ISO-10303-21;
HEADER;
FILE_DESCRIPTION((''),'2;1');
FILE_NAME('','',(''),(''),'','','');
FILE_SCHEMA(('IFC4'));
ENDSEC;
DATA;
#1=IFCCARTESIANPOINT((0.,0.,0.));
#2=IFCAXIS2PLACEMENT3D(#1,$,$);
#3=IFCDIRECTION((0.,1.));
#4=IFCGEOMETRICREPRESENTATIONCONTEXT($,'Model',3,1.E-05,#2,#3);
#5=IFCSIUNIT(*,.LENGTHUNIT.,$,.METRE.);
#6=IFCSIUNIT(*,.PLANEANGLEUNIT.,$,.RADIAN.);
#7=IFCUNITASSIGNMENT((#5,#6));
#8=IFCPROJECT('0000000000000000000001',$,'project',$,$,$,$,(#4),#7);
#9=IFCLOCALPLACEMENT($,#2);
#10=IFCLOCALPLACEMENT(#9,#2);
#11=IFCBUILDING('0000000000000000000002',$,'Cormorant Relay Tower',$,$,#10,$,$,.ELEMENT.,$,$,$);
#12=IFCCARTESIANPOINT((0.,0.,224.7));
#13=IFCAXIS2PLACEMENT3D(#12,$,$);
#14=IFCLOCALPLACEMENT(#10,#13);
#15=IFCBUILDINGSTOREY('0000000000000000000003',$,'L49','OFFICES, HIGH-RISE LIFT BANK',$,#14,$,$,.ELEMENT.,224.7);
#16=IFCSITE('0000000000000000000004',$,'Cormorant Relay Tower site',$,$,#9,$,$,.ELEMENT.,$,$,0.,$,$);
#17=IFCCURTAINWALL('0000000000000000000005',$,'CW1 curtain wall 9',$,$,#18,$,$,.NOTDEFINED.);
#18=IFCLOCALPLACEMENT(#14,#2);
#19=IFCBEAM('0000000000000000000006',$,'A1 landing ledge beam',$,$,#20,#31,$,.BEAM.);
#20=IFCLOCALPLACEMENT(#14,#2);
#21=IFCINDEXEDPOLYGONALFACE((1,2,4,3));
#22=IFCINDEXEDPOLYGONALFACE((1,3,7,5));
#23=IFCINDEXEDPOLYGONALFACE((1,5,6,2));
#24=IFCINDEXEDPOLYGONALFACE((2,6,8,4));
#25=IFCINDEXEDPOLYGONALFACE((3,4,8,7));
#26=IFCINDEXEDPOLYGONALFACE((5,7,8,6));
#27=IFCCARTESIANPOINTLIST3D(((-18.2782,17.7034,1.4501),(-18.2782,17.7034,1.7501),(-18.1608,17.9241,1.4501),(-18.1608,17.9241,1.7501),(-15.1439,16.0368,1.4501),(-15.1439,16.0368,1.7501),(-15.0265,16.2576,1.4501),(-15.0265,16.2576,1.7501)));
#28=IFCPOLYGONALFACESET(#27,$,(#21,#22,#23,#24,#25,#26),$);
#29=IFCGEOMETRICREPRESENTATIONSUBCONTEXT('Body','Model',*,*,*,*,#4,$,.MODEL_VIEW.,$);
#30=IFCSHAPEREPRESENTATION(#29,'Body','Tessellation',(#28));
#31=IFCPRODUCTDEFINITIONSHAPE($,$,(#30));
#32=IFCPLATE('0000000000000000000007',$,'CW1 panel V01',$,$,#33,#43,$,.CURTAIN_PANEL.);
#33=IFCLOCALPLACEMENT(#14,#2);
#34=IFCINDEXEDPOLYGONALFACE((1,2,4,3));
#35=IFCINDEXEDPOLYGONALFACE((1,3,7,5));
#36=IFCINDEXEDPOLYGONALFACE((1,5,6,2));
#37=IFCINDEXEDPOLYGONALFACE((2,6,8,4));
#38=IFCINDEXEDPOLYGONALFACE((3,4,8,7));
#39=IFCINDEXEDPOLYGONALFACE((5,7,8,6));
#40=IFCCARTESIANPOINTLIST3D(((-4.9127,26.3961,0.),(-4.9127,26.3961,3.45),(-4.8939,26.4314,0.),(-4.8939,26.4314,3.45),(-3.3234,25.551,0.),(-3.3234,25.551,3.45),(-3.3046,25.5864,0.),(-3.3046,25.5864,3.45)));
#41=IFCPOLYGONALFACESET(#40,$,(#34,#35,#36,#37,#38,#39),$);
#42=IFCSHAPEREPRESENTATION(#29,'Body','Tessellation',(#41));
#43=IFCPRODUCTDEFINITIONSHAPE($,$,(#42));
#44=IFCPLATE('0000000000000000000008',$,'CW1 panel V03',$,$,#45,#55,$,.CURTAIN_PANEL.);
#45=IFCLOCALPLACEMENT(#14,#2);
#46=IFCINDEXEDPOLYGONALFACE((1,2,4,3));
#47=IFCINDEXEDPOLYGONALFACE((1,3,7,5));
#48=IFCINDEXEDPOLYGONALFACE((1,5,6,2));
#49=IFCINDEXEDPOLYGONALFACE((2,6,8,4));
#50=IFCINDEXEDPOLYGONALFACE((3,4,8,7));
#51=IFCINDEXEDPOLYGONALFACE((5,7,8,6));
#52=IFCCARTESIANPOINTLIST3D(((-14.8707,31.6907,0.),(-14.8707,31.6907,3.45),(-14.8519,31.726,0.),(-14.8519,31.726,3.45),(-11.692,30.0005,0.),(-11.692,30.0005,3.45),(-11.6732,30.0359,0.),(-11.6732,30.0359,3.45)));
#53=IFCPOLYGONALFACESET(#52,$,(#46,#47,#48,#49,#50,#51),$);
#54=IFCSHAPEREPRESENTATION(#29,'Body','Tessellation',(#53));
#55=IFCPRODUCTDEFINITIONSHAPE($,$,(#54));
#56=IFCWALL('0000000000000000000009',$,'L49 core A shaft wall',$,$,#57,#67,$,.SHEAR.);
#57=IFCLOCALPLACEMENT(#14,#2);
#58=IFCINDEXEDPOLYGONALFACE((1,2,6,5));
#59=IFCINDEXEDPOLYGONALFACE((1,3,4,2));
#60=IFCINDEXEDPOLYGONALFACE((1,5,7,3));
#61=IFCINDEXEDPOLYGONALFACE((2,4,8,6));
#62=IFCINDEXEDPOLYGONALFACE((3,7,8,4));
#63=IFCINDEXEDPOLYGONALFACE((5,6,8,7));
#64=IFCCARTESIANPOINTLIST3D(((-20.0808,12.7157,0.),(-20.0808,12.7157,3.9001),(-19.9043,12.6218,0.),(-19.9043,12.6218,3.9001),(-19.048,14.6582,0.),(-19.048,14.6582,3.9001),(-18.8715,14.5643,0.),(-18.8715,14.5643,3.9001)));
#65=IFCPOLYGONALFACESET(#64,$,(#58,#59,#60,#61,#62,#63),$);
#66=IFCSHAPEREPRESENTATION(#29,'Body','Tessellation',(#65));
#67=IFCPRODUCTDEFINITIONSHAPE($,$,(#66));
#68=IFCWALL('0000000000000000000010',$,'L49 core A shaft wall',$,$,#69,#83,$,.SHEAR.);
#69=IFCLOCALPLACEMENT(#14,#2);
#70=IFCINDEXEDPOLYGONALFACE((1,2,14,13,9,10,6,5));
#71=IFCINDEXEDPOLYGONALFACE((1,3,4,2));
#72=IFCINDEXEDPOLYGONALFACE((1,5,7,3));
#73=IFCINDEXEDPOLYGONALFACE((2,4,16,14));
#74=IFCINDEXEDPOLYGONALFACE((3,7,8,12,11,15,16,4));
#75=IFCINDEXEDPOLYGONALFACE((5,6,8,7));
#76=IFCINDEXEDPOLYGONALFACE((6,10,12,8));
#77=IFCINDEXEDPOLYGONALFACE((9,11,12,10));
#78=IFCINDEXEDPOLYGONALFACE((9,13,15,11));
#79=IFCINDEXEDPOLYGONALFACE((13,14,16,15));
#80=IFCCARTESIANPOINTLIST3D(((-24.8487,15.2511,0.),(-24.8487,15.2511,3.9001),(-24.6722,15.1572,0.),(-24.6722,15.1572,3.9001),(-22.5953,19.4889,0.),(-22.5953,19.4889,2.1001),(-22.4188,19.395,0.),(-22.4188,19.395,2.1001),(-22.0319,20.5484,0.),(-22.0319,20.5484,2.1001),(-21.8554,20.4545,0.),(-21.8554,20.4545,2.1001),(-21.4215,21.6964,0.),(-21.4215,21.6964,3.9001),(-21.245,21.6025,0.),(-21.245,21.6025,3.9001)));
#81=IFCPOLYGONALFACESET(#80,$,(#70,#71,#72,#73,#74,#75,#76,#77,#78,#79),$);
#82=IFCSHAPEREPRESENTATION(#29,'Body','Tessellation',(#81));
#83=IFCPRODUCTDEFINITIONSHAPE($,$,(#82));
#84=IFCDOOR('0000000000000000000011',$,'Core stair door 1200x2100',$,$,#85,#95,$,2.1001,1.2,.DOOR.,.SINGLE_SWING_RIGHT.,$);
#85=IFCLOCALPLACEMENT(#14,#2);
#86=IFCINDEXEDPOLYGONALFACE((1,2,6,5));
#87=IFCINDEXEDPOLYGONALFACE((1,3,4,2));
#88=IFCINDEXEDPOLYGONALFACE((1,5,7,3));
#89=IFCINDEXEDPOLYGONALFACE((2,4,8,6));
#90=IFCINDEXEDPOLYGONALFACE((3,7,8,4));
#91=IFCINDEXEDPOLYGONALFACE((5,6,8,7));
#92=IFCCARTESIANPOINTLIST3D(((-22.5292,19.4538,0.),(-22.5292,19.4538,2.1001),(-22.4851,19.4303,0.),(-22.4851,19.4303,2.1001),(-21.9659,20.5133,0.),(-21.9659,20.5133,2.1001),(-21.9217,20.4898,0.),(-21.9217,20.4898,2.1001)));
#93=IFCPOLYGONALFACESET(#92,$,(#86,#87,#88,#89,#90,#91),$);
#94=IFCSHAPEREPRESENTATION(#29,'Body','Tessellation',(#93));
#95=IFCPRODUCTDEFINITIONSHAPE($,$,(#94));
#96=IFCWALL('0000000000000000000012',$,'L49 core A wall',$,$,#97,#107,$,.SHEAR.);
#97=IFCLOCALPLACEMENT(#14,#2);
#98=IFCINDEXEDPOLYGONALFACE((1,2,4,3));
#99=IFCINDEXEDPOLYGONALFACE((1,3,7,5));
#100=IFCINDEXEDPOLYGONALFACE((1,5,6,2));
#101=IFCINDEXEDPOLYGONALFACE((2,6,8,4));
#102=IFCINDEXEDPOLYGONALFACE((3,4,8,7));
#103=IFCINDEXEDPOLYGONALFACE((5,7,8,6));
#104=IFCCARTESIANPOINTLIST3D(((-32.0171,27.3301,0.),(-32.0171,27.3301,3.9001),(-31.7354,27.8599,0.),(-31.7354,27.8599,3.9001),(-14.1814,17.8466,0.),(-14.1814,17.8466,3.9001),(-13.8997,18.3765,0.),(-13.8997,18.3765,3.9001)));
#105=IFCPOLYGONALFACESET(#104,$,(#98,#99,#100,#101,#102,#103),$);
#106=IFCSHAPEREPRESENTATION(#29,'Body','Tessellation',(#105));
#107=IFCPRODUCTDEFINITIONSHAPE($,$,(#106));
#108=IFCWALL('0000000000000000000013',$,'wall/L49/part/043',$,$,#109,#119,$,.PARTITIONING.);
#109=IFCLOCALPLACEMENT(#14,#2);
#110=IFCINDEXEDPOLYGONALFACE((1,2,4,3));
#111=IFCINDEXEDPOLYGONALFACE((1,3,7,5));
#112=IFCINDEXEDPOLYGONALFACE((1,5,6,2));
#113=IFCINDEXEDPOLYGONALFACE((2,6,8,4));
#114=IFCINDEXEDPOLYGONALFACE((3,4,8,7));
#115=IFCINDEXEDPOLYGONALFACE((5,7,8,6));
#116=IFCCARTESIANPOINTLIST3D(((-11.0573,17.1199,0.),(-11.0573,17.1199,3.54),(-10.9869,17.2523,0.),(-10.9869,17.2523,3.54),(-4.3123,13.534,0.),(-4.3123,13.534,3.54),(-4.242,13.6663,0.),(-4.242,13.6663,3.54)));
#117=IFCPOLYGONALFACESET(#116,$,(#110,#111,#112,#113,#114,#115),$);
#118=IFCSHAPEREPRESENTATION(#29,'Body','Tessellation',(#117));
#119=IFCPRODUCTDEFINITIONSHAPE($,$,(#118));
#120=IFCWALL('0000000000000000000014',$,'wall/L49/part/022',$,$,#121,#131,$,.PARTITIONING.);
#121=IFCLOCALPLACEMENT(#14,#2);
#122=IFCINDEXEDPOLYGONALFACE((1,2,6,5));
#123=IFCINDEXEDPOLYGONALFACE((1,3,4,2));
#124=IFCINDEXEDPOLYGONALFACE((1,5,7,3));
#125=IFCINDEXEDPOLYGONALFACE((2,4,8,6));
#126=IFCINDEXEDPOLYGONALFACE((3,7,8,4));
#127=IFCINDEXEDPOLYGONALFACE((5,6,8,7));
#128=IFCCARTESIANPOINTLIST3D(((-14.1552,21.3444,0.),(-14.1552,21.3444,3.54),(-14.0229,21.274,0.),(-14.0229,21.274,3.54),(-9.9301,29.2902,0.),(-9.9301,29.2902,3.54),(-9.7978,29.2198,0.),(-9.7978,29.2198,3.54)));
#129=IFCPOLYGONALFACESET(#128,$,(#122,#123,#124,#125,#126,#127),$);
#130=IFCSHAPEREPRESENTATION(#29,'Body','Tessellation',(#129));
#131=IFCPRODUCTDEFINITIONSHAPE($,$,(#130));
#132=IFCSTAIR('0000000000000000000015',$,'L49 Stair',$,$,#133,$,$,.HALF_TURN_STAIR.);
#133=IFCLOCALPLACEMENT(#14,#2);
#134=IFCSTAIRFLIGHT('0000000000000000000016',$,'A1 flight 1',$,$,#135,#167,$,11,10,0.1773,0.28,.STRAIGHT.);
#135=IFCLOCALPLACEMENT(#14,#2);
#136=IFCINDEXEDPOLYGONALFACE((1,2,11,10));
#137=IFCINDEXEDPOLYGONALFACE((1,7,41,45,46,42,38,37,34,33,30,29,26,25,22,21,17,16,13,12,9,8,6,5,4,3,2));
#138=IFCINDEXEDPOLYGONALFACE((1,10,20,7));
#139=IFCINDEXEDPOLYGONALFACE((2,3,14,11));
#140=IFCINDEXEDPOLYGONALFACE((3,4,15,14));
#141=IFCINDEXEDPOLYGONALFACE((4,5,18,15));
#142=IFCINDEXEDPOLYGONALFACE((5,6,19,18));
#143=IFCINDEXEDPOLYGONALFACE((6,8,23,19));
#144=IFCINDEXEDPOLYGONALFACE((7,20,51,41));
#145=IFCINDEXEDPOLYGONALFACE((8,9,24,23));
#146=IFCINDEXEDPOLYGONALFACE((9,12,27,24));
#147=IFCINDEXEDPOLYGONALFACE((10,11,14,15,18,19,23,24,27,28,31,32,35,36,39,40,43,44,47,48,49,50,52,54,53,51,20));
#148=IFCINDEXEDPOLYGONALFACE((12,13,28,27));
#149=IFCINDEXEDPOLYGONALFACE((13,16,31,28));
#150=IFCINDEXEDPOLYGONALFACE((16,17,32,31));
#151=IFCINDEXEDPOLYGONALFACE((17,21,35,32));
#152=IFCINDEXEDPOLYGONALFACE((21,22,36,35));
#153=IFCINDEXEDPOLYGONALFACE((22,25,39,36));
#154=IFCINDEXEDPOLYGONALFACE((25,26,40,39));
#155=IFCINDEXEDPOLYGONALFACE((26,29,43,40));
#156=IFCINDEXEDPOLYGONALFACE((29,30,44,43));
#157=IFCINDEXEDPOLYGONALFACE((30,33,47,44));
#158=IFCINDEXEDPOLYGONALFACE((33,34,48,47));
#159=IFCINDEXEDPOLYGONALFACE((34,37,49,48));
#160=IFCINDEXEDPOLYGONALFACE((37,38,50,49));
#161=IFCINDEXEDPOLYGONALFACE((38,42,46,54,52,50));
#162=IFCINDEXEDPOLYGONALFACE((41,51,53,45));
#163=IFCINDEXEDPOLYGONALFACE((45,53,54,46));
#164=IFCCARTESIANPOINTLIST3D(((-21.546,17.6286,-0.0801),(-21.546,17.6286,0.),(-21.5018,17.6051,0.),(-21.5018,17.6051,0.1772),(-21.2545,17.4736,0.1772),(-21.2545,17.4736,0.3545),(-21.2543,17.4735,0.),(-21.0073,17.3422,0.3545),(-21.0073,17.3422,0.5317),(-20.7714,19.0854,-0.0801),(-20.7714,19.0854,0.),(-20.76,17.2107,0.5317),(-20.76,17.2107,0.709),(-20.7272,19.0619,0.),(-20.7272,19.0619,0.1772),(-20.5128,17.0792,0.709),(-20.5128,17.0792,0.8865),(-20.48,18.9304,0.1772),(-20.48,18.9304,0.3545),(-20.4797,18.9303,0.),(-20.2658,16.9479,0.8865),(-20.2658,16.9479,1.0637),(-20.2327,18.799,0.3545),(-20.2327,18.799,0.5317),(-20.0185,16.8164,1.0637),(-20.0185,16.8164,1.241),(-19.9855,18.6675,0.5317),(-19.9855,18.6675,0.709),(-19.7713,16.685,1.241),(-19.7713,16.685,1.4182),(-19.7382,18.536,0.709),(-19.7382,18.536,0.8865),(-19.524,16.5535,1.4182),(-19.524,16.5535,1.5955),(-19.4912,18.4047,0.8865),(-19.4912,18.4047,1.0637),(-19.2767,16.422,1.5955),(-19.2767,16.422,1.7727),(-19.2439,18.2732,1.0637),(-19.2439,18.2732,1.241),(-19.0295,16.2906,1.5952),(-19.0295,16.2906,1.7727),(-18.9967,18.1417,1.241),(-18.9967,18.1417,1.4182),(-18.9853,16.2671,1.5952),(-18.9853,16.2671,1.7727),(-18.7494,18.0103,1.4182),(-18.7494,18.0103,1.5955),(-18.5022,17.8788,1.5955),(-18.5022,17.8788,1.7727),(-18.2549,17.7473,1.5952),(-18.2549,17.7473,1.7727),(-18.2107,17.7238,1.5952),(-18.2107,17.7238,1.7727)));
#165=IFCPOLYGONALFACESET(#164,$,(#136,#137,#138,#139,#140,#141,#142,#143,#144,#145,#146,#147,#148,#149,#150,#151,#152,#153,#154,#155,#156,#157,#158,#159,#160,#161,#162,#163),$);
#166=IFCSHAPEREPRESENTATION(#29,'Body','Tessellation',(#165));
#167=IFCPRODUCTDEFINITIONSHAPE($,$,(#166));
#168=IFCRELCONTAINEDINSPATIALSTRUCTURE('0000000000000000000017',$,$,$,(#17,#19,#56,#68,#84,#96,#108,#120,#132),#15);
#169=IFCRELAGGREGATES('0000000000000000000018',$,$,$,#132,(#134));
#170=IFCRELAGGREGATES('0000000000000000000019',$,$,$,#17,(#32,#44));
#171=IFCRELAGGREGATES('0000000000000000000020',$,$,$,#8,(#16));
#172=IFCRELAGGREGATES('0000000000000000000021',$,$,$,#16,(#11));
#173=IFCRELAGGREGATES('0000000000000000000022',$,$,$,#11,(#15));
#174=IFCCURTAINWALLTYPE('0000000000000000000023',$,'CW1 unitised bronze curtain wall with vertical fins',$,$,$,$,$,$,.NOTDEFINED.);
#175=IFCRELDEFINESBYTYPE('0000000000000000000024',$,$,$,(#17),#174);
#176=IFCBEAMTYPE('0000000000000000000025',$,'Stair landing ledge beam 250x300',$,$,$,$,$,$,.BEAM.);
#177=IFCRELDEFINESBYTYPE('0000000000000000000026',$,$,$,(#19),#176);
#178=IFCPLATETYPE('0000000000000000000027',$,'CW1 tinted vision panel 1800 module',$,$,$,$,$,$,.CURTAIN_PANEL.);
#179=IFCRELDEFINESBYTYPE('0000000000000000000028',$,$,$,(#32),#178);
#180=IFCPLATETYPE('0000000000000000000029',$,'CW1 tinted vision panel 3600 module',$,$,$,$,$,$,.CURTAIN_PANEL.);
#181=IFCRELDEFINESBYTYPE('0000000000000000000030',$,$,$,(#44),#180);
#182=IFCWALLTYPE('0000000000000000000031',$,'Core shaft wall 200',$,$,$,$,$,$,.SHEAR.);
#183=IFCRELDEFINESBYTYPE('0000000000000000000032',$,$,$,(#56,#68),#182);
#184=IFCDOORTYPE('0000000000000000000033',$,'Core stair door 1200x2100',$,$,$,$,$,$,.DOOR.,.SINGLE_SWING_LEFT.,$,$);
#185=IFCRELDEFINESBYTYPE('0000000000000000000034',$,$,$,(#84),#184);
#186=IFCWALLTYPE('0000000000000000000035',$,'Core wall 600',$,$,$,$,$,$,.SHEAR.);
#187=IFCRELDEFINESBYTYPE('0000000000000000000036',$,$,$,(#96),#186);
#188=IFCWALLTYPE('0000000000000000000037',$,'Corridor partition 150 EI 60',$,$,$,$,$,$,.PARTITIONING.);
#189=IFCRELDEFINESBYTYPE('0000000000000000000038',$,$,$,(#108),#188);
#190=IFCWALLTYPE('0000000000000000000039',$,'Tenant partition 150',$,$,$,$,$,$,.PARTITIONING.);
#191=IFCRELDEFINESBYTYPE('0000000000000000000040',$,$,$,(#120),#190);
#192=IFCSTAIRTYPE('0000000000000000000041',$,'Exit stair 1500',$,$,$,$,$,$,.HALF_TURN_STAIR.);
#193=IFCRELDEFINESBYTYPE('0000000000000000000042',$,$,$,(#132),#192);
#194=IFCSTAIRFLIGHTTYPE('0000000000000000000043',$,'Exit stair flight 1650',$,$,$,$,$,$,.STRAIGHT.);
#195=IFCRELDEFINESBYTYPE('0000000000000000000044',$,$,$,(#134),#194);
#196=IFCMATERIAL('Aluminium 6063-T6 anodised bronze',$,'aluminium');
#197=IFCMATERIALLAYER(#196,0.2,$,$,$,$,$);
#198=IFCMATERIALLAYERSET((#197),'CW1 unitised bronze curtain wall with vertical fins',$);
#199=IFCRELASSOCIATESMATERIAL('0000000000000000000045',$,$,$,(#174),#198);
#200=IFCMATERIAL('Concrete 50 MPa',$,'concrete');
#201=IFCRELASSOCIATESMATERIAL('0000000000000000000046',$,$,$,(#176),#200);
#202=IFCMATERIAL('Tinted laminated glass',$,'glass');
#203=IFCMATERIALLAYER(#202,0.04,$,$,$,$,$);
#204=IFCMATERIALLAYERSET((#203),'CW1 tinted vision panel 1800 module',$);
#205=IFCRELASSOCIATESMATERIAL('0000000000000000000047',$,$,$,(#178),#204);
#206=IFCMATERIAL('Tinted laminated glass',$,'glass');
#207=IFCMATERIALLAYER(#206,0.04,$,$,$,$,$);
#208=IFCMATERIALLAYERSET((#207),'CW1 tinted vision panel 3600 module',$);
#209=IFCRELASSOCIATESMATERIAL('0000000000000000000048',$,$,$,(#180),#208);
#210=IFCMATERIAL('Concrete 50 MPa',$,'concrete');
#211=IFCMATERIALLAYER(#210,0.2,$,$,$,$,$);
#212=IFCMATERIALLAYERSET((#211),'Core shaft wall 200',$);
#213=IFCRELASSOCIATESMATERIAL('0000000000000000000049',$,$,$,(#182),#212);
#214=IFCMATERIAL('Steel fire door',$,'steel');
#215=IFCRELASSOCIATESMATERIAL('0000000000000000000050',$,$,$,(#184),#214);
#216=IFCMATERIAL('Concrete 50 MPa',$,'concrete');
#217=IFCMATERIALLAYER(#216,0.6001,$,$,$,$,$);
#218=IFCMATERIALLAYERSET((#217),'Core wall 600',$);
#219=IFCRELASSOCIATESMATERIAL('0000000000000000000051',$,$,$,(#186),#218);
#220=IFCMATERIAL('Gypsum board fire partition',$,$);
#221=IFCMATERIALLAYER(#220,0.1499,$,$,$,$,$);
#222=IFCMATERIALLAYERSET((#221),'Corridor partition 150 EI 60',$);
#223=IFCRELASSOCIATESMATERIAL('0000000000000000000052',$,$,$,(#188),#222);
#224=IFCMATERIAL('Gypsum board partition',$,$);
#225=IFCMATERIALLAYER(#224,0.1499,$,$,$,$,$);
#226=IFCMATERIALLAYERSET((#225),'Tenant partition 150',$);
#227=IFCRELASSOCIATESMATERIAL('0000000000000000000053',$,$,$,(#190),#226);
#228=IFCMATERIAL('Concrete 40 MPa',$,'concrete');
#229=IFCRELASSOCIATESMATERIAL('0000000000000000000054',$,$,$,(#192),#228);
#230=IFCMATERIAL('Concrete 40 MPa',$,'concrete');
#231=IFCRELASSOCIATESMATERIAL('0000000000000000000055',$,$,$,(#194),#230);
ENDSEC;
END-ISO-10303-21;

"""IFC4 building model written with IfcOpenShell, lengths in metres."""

from ifc_helpers import new_model, si_unit, direction, frame, frame_2d, origin, origin_2d, place, context, subcontext, project, spatial, polyline, rectangle, outline, extrude, material, layer, layer_set, material_profile, profile_set, type_object, element, fill, aggregate, save


model = new_model("IFC4")

# Units and contexts
model_context = context("Model", 3, precision=1e-05, world=origin(), true_north=direction((0.0, 1.0)))
body_context = subcontext(model_context, "Body", "Model", "MODEL_VIEW")
ifc_project = project(units=[si_unit("LENGTHUNIT", "METRE"), si_unit("PLANEANGLEUNIT", "RADIAN")], contexts=[model_context])

# Site, building, storey
site_placement = place(None, origin())
site = spatial("IfcSite", under=ifc_project, at=site_placement, Name="Cormorant Relay Tower site", CompositionType="ELEMENT", RefElevation=0.0)
building_placement = place(site_placement, origin())
building = spatial("IfcBuilding", under=site, at=building_placement, Name="Cormorant Relay Tower", CompositionType="ELEMENT")
storey_placement = place(building_placement, frame((0.0, 0.0, 224.7)))
storey = spatial("IfcBuildingStorey", under=building, at=storey_placement, Name="L49", Description="OFFICES, HIGH-RISE LIFT BANK", CompositionType="ELEMENT", Elevation=224.7)

# Curtain wall
ifc_material_1 = material(Name="Aluminium 6063-T6 anodised bronze", Category="aluminium")
ifc_layer_1 = layer(ifc_material_1, 0.2)
ifc_layer_set_1 = layer_set([ifc_layer_1], Name="CW1 unitised bronze curtain wall with vertical fins")
curtain_wall_type = type_object("IfcCurtainWallType", Name="CW1 unitised bronze curtain wall with vertical fins", PredefinedType="NOTDEFINED", material=ifc_layer_set_1)
curtain_wall_placement = place(storey_placement, origin())
curtain_wall = element("IfcCurtainWall", 1, at=curtain_wall_placement, inside=storey, type_object=curtain_wall_type, Name="CW1 curtain wall 9", PredefinedType="NOTDEFINED")

# Beam
ifc_material_2 = material(Name="Concrete 50 MPa", Category="concrete")
ifc_material_profile_1 = material_profile(ifc_material_2, rectangle(XDim=0.25, YDim=0.3, at=origin_2d()), Name="RC 250x300")
ifc_profile_set_1 = profile_set([ifc_material_profile_1], Name="Concrete 50 MPa")
beam_type_1 = type_object("IfcBeamType", Name="Stair landing ledge beam 250x300", PredefinedType="BEAM", material=ifc_profile_set_1)
beam_1_placement = place(storey_placement, frame((-18.2195, 17.8137, 1.6001), z_axis=(0.88295, -0.469467, 0.0), x_axis=(0.469467, 0.88295, 0.0)))
element("IfcBeam", 2, at=beam_1_placement, inside=storey, type_object=beam_type_1, Name="A1 landing ledge beam", PredefinedType="BEAM", context=body_context, shape_type="SweptSolid", body=[
    extrude(rectangle(XDim=0.25, YDim=0.3, at=origin_2d()), origin(), (0.0, 0.0, 1.0), 3.5498),
])

# Plates
ifc_material_3 = material(Name="Tinted laminated glass", Category="glass")
ifc_layer_2 = layer(ifc_material_3, 0.04)
ifc_layer_set_2 = layer_set([ifc_layer_2], Name="CW1 tinted vision panel 1800 module")
plate_type_1 = type_object("IfcPlateType", Name="CW1 tinted vision panel 1800 module", PredefinedType="CURTAIN_PANEL", material=ifc_layer_set_2)
plate_1_placement = place(storey_placement, frame((-4.1086, 25.9912, 0.0), z_axis=(0.0, 0.0, 1.0), x_axis=(-0.882948, 0.469472, 0.0)))
plate_1 = element("IfcPlate", 3, at=plate_1_placement, type_object=plate_type_1, Name="CW1 panel V01", PredefinedType="CURTAIN_PANEL", context=body_context, shape_type="SweptSolid", body=[
    extrude(rectangle(XDim=1.8, YDim=0.04, at=origin_2d()), origin(), (0.0, 0.0, 1.0), 3.45),
])
ifc_material_4 = material(Name="Tinted laminated glass", Category="glass")
ifc_layer_3 = layer(ifc_material_4, 0.04)
ifc_layer_set_3 = layer_set([ifc_layer_3], Name="CW1 tinted vision panel 3600 module")
plate_type_2 = type_object("IfcPlateType", Name="CW1 tinted vision panel 3600 module", PredefinedType="CURTAIN_PANEL", material=ifc_layer_set_3)
plate_2_placement = place(storey_placement, frame((-13.272, 30.8633, 0.0), z_axis=(0.0, 0.0, 1.0), x_axis=(-0.882948, 0.469472, 0.0)))
plate_2 = element("IfcPlate", 4, at=plate_2_placement, type_object=plate_type_2, Name="CW1 panel V03", PredefinedType="CURTAIN_PANEL", context=body_context, shape_type="SweptSolid", body=[
    extrude(rectangle(XDim=3.6001, YDim=0.04, at=origin_2d()), origin(), (0.0, 0.0, 1.0), 3.45),
])

# Wall
ifc_material_5 = material(Name="Concrete 50 MPa", Category="concrete")
ifc_layer_4 = layer(ifc_material_5, 0.2)
ifc_layer_set_4 = layer_set([ifc_layer_4], Name="Core shaft wall 200")
wall_type_1 = type_object("IfcWallType", Name="Core shaft wall 200", PredefinedType="SHEAR", material=ifc_layer_set_4)
wall_1_placement = place(storey_placement, frame((-18.9597, 14.6113, 0.0), z_axis=(0.0, 0.0, 1.0), x_axis=(-0.469447, -0.88296, 0.0)))
element("IfcWall", 5, at=wall_1_placement, inside=storey, type_object=wall_type_1, Name="L49 core A shaft wall", PredefinedType="SHEAR", context=body_context, shape_type="SweptSolid", body=[
    extrude(rectangle(XDim=2.2, YDim=0.2, at=frame_2d((1.1001, 0.0))), origin(), (0.0, 0.0, 1.0), 3.9001),
])

# Wall, opening, door
wall_2_placement = place(storey_placement, frame((-21.3333, 21.6494, 0.0), z_axis=(0.0, 0.0, 1.0), x_axis=(-0.469494, -0.882936, 0.0)))
wall_2 = element("IfcWall", 6, at=wall_2_placement, inside=storey, type_object=wall_type_1, Name="L49 core A shaft wall", PredefinedType="SHEAR", context=body_context, shape_type="SweptSolid", body=[
    extrude(rectangle(XDim=7.2998, YDim=0.2, at=frame_2d((3.6499, 0.0))), origin(), (0.0, 0.0, 1.0), 3.9001),
])
opening_1_placement = place(wall_2_placement, frame((1.3, 0.0, 0.0)))
opening_1 = element("IfcOpeningElement", 7, at=opening_1_placement, cuts=wall_2, PredefinedType="OPENING", context=body_context, shape_type="SweptSolid", body=[
    extrude(rectangle(XDim=1.2, YDim=2.1001, at=frame_2d((0.6001, 1.05))), frame((0.0, 0.1099, 0.0), z_axis=(0.0, -1.0, 0.0), x_axis=(1.0, 0.0, 0.0)), (0.0, 0.0, 1.0), 0.22),
])
ifc_material_6 = material(Name="Steel fire door", Category="steel")
door_type_1 = type_object("IfcDoorType", Name="Core stair door 1200x2100", OperationType="SINGLE_SWING_LEFT", PredefinedType="DOOR", material=ifc_material_6)
door_1_placement = place(opening_1_placement, origin())
door_1 = element("IfcDoor", 8, at=door_1_placement, inside=storey, type_object=door_type_1, Name="Core stair door 1200x2100", OperationType="SINGLE_SWING_RIGHT", OverallHeight=2.1001, OverallWidth=1.2, PredefinedType="DOOR", context=body_context, shape_type="SweptSolid", body=[
    extrude(rectangle(XDim=1.2, YDim=2.1001, at=frame_2d((0.6001, 1.05))), frame((0.0, 0.0249, 0.0), z_axis=(0.0, -1.0, 0.0), x_axis=(1.0, 0.0, 0.0)), (0.0, 0.0, 1.0), 0.05),
])
fill(opening_1, door_1)
ifc_material_7 = material(Name="Concrete 50 MPa", Category="concrete")
ifc_layer_5 = layer(ifc_material_7, 0.6001)
ifc_layer_set_5 = layer_set([ifc_layer_5], Name="Core wall 600")
wall_type_2 = type_object("IfcWallType", Name="Core wall 600", PredefinedType="SHEAR", material=ifc_layer_set_5)

# Walls
wall_3_placement = place(storey_placement, frame((-14.0405, 18.1116, 0.0), z_axis=(0.0, 0.0, 1.0), x_axis=(-0.882948, 0.469471, 0.0)))
element("IfcWall", 9, at=wall_3_placement, inside=storey, type_object=wall_type_2, Name="L49 core A wall", PredefinedType="SHEAR", context=body_context, shape_type="SweptSolid", body=[
    extrude(rectangle(XDim=20.2002, YDim=0.6001, at=frame_2d((10.1001, 0.0))), origin(), (0.0, 0.0, 1.0), 3.9001),
])
ifc_material_8 = material(Name="Gypsum board fire partition")
ifc_layer_6 = layer(ifc_material_8, 0.1499)
ifc_layer_set_6 = layer_set([ifc_layer_6], Name="Corridor partition 150 EI 60")
wall_type_3 = type_object("IfcWallType", Name="Corridor partition 150 EI 60", PredefinedType="PARTITIONING", material=ifc_layer_set_6)
wall_4_placement = place(storey_placement, frame((-11.022, 17.186, 0.0), z_axis=(0.0, 0.0, 1.0), x_axis=(0.882968, -0.469433, 0.0)))
element("IfcWall", 10, at=wall_4_placement, inside=storey, type_object=wall_type_3, Name="wall/L49/part/043", PredefinedType="PARTITIONING", context=body_context, shape_type="SweptSolid", body=[
    extrude(rectangle(XDim=7.6389, YDim=0.1499, at=frame_2d((3.8193, 0.0))), origin(), (0.0, 0.0, 1.0), 3.54),
])
ifc_material_9 = material(Name="Gypsum board partition")
ifc_layer_7 = layer(ifc_material_9, 0.1499)
ifc_layer_set_7 = layer_set([ifc_layer_7], Name="Tenant partition 150")
wall_type_4 = type_object("IfcWallType", Name="Tenant partition 150", PredefinedType="PARTITIONING", material=ifc_layer_set_7)
wall_5_placement = place(storey_placement, frame((-9.864, 29.2549, 0.0), z_axis=(0.0, 0.0, 1.0), x_axis=(-0.469492, -0.882937, 0.0)))
element("IfcWall", 11, at=wall_5_placement, inside=storey, type_object=wall_type_4, Name="wall/L49/part/022", PredefinedType="PARTITIONING", context=body_context, shape_type="SweptSolid", body=[
    extrude(rectangle(XDim=8.9993, YDim=0.1499, at=frame_2d((4.4995, 0.0))), origin(), (0.0, 0.0, 1.0), 3.54),
])

# Stair, stair flight
ifc_material_10 = material(Name="Concrete 40 MPa", Category="concrete")
stair_type = type_object("IfcStairType", Name="Exit stair 1500", PredefinedType="HALF_TURN_STAIR", material=ifc_material_10)
stair_placement = place(storey_placement, origin())
stair = element("IfcStair", 12, at=stair_placement, inside=storey, type_object=stair_type, Name="L49 Stair", PredefinedType="HALF_TURN_STAIR")
ifc_material_11 = material(Name="Concrete 40 MPa", Category="concrete")
stair_flight_type = type_object("IfcStairFlightType", Name="Exit stair flight 1650", PredefinedType="STRAIGHT", material=ifc_material_11)
stair_flight_1_placement = place(storey_placement, frame((-21.1145, 18.3335, 0.0), z_axis=(0.0, 0.0, 1.0), x_axis=(0.882948, -0.469472, 0.0)))
stair_flight_1 = element("IfcStairFlight", 13, at=stair_flight_1_placement, type_object=stair_flight_type, Name="A1 flight 1", NumberOfRisers=11, NumberOfTreads=10, PredefinedType="STRAIGHT", RiserHeight=0.1773, TreadLength=0.28, context=body_context, shape_type="SweptSolid", body=[
    extrude(outline(polyline([(-0.05, -0.0801), (-0.05, 0.0), (0.0, 0.0), (0.0, 0.1772), (0.28, 0.1772), (0.28, 0.3545), (0.5601, 0.3545), (0.5601, 0.5317), (0.8401, 0.5317), (0.8401, 0.709), (1.1201, 0.709), (1.1201, 0.8865), (1.3999, 0.8865), (1.3999, 1.0637), (1.6799, 1.0637), (1.6799, 1.241), (1.96, 1.241), (1.96, 1.4182), (2.24, 1.4182), (2.24, 1.5955), (2.52, 1.5955), (2.52, 1.7727), (2.8, 1.7727), (2.8501, 1.7727), (2.8501, 1.5952), (2.8, 1.5952), (0.2803, 0.0), (-0.05, -0.0801)])), frame((0.0, 0.825, 0.0), z_axis=(0.0, -1.0, 0.0), x_axis=(1.0, 0.0, 0.0)), (0.0, 0.0, 1.0), 1.6499),
])
aggregate(stair, [stair_flight_1])

aggregate(curtain_wall, [plate_1, plate_2])

save(model, "model.ifc")
